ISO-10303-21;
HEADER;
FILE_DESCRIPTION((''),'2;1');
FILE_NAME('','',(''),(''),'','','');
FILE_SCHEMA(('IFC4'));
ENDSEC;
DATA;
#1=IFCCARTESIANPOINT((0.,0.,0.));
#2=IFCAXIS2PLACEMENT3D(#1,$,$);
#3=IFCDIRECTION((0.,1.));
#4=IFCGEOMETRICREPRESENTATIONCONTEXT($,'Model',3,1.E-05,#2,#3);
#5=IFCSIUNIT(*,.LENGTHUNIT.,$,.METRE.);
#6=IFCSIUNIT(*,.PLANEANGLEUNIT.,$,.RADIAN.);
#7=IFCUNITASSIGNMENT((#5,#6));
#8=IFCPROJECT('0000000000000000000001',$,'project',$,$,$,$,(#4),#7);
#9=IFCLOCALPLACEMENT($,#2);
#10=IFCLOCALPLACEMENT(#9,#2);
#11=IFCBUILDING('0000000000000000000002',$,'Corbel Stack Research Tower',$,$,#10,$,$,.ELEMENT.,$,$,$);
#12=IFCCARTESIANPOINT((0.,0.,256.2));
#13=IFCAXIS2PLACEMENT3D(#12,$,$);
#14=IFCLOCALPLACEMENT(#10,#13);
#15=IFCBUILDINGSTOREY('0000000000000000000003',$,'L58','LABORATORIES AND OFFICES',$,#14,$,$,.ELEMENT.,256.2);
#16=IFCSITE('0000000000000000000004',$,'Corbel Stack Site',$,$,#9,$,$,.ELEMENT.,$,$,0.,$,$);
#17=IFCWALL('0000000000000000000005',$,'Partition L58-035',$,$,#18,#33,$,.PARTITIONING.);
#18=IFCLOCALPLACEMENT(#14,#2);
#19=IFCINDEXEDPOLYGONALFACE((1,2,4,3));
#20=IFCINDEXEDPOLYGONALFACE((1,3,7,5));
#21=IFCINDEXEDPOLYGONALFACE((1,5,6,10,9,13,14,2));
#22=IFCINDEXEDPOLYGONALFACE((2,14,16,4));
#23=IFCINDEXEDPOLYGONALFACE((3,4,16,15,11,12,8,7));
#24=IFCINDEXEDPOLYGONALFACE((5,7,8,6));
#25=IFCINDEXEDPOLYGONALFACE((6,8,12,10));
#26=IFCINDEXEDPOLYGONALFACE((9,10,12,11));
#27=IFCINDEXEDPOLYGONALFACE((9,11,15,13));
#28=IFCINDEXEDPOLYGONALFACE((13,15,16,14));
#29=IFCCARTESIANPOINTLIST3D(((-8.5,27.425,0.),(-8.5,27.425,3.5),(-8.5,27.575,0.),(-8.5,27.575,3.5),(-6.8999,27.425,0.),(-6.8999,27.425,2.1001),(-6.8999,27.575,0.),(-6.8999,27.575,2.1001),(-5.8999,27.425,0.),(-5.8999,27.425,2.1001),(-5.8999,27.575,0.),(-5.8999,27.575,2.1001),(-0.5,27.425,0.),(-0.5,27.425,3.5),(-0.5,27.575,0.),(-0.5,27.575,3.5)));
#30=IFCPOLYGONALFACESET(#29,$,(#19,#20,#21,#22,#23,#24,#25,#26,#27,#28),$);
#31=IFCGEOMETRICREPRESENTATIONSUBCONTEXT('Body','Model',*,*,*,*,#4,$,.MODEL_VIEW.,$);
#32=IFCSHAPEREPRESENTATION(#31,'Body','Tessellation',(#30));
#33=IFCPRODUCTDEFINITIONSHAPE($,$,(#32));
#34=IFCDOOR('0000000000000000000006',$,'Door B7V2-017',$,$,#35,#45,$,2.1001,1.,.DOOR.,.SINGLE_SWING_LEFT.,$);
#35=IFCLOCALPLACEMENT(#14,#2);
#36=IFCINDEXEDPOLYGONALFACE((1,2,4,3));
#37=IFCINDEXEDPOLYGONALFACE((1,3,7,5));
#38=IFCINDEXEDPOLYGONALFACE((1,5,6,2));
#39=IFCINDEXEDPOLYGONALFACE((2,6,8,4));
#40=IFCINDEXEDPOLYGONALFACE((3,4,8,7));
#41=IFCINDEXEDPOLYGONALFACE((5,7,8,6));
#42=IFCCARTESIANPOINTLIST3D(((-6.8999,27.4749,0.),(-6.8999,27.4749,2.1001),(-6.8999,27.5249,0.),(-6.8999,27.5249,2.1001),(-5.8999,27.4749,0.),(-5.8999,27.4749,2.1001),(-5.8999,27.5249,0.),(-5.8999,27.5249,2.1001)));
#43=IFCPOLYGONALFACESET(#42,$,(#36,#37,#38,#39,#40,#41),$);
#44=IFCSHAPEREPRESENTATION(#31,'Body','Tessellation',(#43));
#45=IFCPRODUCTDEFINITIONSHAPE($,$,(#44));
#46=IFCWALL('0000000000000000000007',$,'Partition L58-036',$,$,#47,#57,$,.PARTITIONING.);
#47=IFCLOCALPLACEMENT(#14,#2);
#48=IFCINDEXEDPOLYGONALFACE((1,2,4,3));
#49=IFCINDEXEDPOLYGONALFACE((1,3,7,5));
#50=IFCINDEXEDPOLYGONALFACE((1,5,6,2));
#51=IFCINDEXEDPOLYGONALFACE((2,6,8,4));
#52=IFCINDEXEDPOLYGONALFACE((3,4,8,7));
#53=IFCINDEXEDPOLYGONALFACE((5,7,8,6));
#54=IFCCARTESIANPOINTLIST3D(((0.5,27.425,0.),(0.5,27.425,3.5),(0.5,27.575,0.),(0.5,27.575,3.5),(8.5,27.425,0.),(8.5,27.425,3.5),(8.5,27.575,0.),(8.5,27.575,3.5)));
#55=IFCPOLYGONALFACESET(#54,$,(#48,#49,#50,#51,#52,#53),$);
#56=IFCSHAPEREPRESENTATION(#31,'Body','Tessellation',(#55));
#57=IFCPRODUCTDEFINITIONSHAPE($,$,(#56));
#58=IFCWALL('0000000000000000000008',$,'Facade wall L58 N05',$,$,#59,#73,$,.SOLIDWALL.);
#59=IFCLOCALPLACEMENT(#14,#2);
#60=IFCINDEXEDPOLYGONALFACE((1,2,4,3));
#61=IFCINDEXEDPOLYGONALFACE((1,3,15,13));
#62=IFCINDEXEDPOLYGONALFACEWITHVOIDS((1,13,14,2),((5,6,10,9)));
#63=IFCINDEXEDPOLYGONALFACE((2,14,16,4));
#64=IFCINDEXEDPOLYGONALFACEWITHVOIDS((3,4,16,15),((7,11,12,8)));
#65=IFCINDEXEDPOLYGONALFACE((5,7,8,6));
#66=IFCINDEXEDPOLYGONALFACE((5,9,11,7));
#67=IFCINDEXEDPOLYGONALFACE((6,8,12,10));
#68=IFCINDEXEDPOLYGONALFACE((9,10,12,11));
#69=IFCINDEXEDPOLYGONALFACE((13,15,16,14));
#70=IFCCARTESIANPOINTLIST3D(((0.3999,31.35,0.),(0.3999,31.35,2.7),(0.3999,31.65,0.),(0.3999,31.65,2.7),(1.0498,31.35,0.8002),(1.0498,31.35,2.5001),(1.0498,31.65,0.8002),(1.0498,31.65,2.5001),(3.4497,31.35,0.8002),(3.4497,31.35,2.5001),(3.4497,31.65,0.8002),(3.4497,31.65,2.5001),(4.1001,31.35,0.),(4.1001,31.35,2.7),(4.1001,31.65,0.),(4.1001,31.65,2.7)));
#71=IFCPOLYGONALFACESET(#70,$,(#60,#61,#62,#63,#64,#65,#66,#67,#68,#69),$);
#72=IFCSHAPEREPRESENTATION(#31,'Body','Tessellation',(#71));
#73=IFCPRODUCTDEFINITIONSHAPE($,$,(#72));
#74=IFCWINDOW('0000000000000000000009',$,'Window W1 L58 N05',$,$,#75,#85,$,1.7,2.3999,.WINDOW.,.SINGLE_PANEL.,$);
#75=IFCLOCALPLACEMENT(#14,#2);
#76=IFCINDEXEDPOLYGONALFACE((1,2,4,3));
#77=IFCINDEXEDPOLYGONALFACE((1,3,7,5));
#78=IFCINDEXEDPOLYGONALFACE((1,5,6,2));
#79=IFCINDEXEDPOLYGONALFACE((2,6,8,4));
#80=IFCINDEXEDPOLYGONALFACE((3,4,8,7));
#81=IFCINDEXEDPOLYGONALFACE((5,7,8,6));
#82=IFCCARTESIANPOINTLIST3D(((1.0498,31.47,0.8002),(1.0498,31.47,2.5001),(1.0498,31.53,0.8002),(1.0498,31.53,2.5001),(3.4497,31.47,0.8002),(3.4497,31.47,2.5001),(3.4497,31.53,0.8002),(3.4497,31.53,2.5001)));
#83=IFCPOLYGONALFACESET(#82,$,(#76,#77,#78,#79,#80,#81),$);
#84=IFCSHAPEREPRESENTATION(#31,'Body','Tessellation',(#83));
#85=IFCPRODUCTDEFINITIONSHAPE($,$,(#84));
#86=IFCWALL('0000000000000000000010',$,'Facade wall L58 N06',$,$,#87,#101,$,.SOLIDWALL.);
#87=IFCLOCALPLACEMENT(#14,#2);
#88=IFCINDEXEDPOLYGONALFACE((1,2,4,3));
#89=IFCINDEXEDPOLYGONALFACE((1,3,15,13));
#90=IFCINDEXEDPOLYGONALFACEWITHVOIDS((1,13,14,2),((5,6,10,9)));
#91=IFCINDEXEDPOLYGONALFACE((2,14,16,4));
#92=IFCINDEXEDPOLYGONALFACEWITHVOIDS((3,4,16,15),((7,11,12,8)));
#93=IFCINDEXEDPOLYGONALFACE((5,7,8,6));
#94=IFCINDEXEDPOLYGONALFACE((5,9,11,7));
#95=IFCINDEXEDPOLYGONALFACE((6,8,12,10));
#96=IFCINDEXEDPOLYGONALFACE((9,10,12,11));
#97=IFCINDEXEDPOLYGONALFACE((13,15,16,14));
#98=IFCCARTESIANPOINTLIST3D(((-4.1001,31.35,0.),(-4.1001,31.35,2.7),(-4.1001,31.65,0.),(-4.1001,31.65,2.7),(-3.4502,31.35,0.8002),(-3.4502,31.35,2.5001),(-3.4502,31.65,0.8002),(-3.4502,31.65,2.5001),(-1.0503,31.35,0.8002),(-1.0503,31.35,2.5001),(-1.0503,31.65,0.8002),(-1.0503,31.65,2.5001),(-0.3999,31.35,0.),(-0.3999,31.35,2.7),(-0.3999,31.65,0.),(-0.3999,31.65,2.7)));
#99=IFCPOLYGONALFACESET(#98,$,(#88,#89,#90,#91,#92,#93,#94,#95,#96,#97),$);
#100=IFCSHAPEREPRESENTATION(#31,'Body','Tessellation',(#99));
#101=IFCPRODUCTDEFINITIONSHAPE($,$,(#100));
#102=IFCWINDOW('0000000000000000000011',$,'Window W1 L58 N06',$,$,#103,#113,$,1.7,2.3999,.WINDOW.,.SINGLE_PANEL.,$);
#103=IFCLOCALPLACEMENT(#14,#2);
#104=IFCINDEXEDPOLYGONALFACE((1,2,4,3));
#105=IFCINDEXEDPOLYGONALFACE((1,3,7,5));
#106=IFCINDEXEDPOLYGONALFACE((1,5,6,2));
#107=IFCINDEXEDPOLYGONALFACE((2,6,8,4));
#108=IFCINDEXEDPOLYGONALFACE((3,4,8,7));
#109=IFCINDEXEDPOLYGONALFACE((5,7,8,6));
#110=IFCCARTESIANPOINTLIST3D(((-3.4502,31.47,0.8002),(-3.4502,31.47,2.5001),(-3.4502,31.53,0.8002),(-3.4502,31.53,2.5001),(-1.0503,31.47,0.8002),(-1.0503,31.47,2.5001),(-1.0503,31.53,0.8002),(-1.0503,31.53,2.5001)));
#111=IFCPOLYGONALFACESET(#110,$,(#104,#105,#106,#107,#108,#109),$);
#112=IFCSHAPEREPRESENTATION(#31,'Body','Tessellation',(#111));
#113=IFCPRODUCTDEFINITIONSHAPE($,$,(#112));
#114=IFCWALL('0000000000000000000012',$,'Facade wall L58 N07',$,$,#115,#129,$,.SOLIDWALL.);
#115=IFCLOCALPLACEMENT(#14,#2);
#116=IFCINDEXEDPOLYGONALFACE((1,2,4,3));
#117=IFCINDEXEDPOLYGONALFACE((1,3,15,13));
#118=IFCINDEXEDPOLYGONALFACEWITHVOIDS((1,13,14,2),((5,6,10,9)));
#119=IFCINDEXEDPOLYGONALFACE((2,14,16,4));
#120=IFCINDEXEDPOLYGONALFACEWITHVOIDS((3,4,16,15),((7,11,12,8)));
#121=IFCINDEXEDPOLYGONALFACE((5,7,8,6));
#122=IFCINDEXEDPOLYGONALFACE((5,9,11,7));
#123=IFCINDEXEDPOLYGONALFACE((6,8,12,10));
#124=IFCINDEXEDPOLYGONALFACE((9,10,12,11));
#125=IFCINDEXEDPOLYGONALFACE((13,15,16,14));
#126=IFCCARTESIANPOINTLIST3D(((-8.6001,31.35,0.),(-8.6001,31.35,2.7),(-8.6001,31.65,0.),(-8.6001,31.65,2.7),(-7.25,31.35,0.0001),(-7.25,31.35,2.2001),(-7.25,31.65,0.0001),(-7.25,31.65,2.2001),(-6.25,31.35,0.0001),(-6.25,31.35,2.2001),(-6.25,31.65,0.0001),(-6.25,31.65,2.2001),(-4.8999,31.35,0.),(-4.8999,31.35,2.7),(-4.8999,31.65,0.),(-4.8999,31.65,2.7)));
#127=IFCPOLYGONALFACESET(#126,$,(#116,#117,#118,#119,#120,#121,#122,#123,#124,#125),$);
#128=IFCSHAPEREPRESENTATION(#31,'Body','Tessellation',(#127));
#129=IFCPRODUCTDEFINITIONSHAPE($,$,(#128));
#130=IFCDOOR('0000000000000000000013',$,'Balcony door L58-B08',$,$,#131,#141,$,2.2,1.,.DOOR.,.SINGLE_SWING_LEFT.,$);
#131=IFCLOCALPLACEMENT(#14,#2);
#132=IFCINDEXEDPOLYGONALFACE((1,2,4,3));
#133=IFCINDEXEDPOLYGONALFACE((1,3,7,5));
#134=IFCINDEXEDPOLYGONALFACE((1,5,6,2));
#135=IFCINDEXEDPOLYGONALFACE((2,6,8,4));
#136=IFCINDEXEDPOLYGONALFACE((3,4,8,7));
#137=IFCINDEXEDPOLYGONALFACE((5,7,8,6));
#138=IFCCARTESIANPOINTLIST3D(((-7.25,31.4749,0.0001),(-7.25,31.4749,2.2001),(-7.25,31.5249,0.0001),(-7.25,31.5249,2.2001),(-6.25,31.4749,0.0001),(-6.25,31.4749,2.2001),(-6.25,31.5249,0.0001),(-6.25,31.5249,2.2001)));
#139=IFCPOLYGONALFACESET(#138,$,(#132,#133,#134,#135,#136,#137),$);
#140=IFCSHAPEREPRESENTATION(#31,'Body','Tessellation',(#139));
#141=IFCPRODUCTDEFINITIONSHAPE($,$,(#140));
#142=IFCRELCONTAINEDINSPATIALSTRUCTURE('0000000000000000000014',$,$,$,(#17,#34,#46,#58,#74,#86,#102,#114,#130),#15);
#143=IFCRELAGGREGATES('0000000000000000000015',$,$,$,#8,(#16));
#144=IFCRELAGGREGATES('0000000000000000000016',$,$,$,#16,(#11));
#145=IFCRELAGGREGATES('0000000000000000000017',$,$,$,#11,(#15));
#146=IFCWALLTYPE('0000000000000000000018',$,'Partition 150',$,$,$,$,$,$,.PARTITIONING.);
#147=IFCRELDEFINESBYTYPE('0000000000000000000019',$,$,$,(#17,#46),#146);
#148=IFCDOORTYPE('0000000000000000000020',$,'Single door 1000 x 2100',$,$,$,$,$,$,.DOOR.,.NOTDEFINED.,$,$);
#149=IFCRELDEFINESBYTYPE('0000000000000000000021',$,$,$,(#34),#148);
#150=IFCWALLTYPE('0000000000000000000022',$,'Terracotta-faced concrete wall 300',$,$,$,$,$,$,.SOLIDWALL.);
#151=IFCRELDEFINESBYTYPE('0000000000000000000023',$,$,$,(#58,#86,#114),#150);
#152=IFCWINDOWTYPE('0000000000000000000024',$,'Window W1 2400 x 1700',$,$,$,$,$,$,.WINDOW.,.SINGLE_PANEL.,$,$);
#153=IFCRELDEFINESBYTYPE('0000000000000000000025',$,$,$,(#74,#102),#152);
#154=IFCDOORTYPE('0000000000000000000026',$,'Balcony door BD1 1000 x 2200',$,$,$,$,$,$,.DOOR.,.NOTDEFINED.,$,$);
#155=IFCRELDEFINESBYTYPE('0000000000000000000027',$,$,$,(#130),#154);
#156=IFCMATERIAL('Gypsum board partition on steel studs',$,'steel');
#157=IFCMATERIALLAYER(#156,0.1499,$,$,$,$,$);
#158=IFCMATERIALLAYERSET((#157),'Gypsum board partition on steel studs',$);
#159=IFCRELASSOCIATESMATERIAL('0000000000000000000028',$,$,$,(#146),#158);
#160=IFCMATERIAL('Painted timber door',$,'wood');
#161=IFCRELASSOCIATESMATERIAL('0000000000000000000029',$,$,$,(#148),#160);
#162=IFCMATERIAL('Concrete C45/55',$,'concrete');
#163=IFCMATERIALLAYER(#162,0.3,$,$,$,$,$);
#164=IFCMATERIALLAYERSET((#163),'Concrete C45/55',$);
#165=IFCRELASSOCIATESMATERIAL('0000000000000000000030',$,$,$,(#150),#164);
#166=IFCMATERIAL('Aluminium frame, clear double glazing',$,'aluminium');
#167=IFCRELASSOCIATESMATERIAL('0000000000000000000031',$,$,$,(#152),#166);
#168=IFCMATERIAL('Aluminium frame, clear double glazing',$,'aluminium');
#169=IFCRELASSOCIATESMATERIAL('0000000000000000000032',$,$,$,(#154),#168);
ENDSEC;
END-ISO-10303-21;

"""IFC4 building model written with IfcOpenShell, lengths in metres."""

from ifc_helpers import new_model, si_unit, direction, frame, frame_2d, origin, place, context, subcontext, project, spatial, rectangle, extrude, material, layer, layer_set, type_object, element, fill, save


model = new_model("IFC4")

# Units and contexts
model_context = context("Model", 3, precision=1e-05, world=origin(), true_north=direction((0.0, 1.0)))
body_context = subcontext(model_context, "Body", "Model", "MODEL_VIEW")
ifc_project = project(units=[si_unit("LENGTHUNIT", "METRE"), si_unit("PLANEANGLEUNIT", "RADIAN")], contexts=[model_context])

# Site, building, storey
site_placement = place(None, origin())
site = spatial("IfcSite", under=ifc_project, at=site_placement, Name="Corbel Stack Site", CompositionType="ELEMENT", RefElevation=0.0)
building_placement = place(site_placement, origin())
building = spatial("IfcBuilding", under=site, at=building_placement, Name="Corbel Stack Research Tower", CompositionType="ELEMENT")
storey_placement = place(building_placement, frame((0.0, 0.0, 256.2)))
storey = spatial("IfcBuildingStorey", under=building, at=storey_placement, Name="L58", Description="LABORATORIES AND OFFICES", CompositionType="ELEMENT", Elevation=256.2)

# Wall, opening, door
ifc_material_1 = material(Name="Gypsum board partition on steel studs", Category="steel")
ifc_layer_1 = layer(ifc_material_1, 0.1499)
ifc_layer_set_1 = layer_set([ifc_layer_1], Name="Gypsum board partition on steel studs")
wall_type_1 = type_object("IfcWallType", Name="Partition 150", PredefinedType="PARTITIONING", material=ifc_layer_set_1)
wall_1_placement = place(storey_placement, frame((-8.5, 27.5, 0.0), z_axis=(0.0, 0.0, 1.0), x_axis=(1.0, 0.0, 0.0)))
wall_1 = element("IfcWall", 1, at=wall_1_placement, inside=storey, type_object=wall_type_1, Name="Partition L58-035", PredefinedType="PARTITIONING", context=body_context, shape_type="SweptSolid", body=[
    extrude(rectangle(XDim=8.0, YDim=0.1499, at=frame_2d((4.0, 0.0))), origin(), (0.0, 0.0, 1.0), 3.5),
])
opening_1_placement = place(wall_1_placement, frame((1.6001, 0.0, 0.0)))
opening_1 = element("IfcOpeningElement", 2, at=opening_1_placement, cuts=wall_1, PredefinedType="OPENING", context=body_context, shape_type="SweptSolid", body=[
    extrude(rectangle(XDim=1.0, YDim=2.1001, at=frame_2d((0.5, 1.05))), frame((0.0, 0.085, 0.0), z_axis=(0.0, -1.0, 0.0), x_axis=(1.0, 0.0, 0.0)), (0.0, 0.0, 1.0), 0.1699),
])
ifc_material_2 = material(Name="Painted timber door", Category="wood")
door_type_1 = type_object("IfcDoorType", Name="Single door 1000 x 2100", OperationType="NOTDEFINED", PredefinedType="DOOR", material=ifc_material_2)
door_1_placement = place(opening_1_placement, origin())
door_1 = element("IfcDoor", 3, at=door_1_placement, inside=storey, type_object=door_type_1, Name="Door B7V2-017", OperationType="SINGLE_SWING_LEFT", OverallHeight=2.1001, OverallWidth=1.0, PredefinedType="DOOR", context=body_context, shape_type="SweptSolid", body=[
    extrude(rectangle(XDim=1.0, YDim=2.1001, at=frame_2d((0.5, 1.05))), frame((0.0, 0.0249, 0.0), z_axis=(0.0, -1.0, 0.0), x_axis=(1.0, 0.0, 0.0)), (0.0, 0.0, 1.0), 0.05),
])
fill(opening_1, door_1)

# Wall
wall_2_placement = place(storey_placement, frame((0.5, 27.5, 0.0), z_axis=(0.0, 0.0, 1.0), x_axis=(1.0, 0.0, 0.0)))
element("IfcWall", 4, at=wall_2_placement, inside=storey, type_object=wall_type_1, Name="Partition L58-036", PredefinedType="PARTITIONING", context=body_context, shape_type="SweptSolid", body=[
    extrude(rectangle(XDim=8.0, YDim=0.1499, at=frame_2d((4.0, 0.0))), origin(), (0.0, 0.0, 1.0), 3.5),
])

# Walls, openings, windows
ifc_material_3 = material(Name="Concrete C45/55", Category="concrete")
ifc_layer_2 = layer(ifc_material_3, 0.3)
ifc_layer_set_2 = layer_set([ifc_layer_2], Name="Concrete C45/55")
wall_type_2 = type_object("IfcWallType", Name="Terracotta-faced concrete wall 300", PredefinedType="SOLIDWALL", material=ifc_layer_set_2)
wall_3_placement = place(storey_placement, frame((0.3999, 31.5, 0.0), z_axis=(0.0, 0.0, 1.0), x_axis=(1.0, 0.0, 0.0)))
wall_3 = element("IfcWall", 5, at=wall_3_placement, inside=storey, type_object=wall_type_2, Name="Facade wall L58 N05", PredefinedType="SOLIDWALL", context=body_context, shape_type="SweptSolid", body=[
    extrude(rectangle(XDim=3.7002, YDim=0.3, at=frame_2d((1.8501, 0.0))), origin(), (0.0, 0.0, 1.0), 2.7),
])
opening_2_placement = place(wall_3_placement, frame((0.6499, 0.0, 0.8)))
opening_2 = element("IfcOpeningElement", 6, at=opening_2_placement, cuts=wall_3, PredefinedType="OPENING", context=body_context, shape_type="SweptSolid", body=[
    extrude(rectangle(XDim=2.3999, YDim=1.7, at=frame_2d((1.2, 0.8501))), frame((0.0, 0.1599, 0.0), z_axis=(0.0, -1.0, 0.0), x_axis=(1.0, 0.0, 0.0)), (0.0, 0.0, 1.0), 0.3201),
])
ifc_material_4 = material(Name="Aluminium frame, clear double glazing", Category="aluminium")
window_type = type_object("IfcWindowType", Name="Window W1 2400 x 1700", PartitioningType="SINGLE_PANEL", PredefinedType="WINDOW", material=ifc_material_4)
window_1_placement = place(opening_2_placement, origin())
window_1 = element("IfcWindow", 7, at=window_1_placement, inside=storey, type_object=window_type, Name="Window W1 L58 N05", OverallHeight=1.7, OverallWidth=2.3999, PartitioningType="SINGLE_PANEL", PredefinedType="WINDOW", context=body_context, shape_type="SweptSolid", body=[
    extrude(rectangle(XDim=2.3999, YDim=1.7, at=frame_2d((1.2, 0.8501))), frame((0.0, 0.03, 0.0), z_axis=(0.0, -1.0, 0.0), x_axis=(1.0, 0.0, 0.0)), (0.0, 0.0, 1.0), 0.0601),
])
fill(opening_2, window_1)
wall_4_placement = place(storey_placement, frame((-4.1001, 31.5, 0.0), z_axis=(0.0, 0.0, 1.0), x_axis=(1.0, 0.0, 0.0)))
wall_4 = element("IfcWall", 8, at=wall_4_placement, inside=storey, type_object=wall_type_2, Name="Facade wall L58 N06", PredefinedType="SOLIDWALL", context=body_context, shape_type="SweptSolid", body=[
    extrude(rectangle(XDim=3.7002, YDim=0.3, at=frame_2d((1.8501, 0.0))), origin(), (0.0, 0.0, 1.0), 2.7),
])
opening_3_placement = place(wall_4_placement, frame((0.6499, 0.0, 0.8)))
opening_3 = element("IfcOpeningElement", 9, at=opening_3_placement, cuts=wall_4, PredefinedType="OPENING", context=body_context, shape_type="SweptSolid", body=[
    extrude(rectangle(XDim=2.3999, YDim=1.7, at=frame_2d((1.2, 0.8501))), frame((0.0, 0.1599, 0.0), z_axis=(0.0, -1.0, 0.0), x_axis=(1.0, 0.0, 0.0)), (0.0, 0.0, 1.0), 0.3201),
])
window_2_placement = place(opening_3_placement, origin())
window_2 = element("IfcWindow", 10, at=window_2_placement, inside=storey, type_object=window_type, Name="Window W1 L58 N06", OverallHeight=1.7, OverallWidth=2.3999, PartitioningType="SINGLE_PANEL", PredefinedType="WINDOW", context=body_context, shape_type="SweptSolid", body=[
    extrude(rectangle(XDim=2.3999, YDim=1.7, at=frame_2d((1.2, 0.8501))), frame((0.0, 0.03, 0.0), z_axis=(0.0, -1.0, 0.0), x_axis=(1.0, 0.0, 0.0)), (0.0, 0.0, 1.0), 0.0601),
])
fill(opening_3, window_2)

# Wall, opening, door
wall_5_placement = place(storey_placement, frame((-8.6001, 31.5, 0.0), z_axis=(0.0, 0.0, 1.0), x_axis=(1.0, 0.0, 0.0)))
wall_5 = element("IfcWall", 11, at=wall_5_placement, inside=storey, type_object=wall_type_2, Name="Facade wall L58 N07", PredefinedType="SOLIDWALL", context=body_context, shape_type="SweptSolid", body=[
    extrude(rectangle(XDim=3.7002, YDim=0.3, at=frame_2d((1.8501, 0.0))), origin(), (0.0, 0.0, 1.0), 2.7),
])
opening_4_placement = place(wall_5_placement, frame((1.3501, 0.0, 0.0)))
opening_4 = element("IfcOpeningElement", 12, at=opening_4_placement, cuts=wall_5, PredefinedType="OPENING", context=body_context, shape_type="SweptSolid", body=[
    extrude(rectangle(XDim=1.0, YDim=2.2, at=frame_2d((0.5, 1.1001))), frame((0.0, 0.1599, 0.0), z_axis=(0.0, -1.0, 0.0), x_axis=(1.0, 0.0, 0.0)), (0.0, 0.0, 1.0), 0.3201),
])
ifc_material_5 = material(Name="Aluminium frame, clear double glazing", Category="aluminium")
door_type_2 = type_object("IfcDoorType", Name="Balcony door BD1 1000 x 2200", OperationType="NOTDEFINED", PredefinedType="DOOR", material=ifc_material_5)
door_2_placement = place(opening_4_placement, origin())
door_2 = element("IfcDoor", 13, at=door_2_placement, inside=storey, type_object=door_type_2, Name="Balcony door L58-B08", OperationType="SINGLE_SWING_LEFT", OverallHeight=2.2, OverallWidth=1.0, PredefinedType="DOOR", context=body_context, shape_type="SweptSolid", body=[
    extrude(rectangle(XDim=1.0, YDim=2.2, at=frame_2d((0.5, 1.1001))), frame((0.0, 0.0249, 0.0), z_axis=(0.0, -1.0, 0.0), x_axis=(1.0, 0.0, 0.0)), (0.0, 0.0, 1.0), 0.05),
])
fill(opening_4, door_2)

save(model, "model.ifc")
